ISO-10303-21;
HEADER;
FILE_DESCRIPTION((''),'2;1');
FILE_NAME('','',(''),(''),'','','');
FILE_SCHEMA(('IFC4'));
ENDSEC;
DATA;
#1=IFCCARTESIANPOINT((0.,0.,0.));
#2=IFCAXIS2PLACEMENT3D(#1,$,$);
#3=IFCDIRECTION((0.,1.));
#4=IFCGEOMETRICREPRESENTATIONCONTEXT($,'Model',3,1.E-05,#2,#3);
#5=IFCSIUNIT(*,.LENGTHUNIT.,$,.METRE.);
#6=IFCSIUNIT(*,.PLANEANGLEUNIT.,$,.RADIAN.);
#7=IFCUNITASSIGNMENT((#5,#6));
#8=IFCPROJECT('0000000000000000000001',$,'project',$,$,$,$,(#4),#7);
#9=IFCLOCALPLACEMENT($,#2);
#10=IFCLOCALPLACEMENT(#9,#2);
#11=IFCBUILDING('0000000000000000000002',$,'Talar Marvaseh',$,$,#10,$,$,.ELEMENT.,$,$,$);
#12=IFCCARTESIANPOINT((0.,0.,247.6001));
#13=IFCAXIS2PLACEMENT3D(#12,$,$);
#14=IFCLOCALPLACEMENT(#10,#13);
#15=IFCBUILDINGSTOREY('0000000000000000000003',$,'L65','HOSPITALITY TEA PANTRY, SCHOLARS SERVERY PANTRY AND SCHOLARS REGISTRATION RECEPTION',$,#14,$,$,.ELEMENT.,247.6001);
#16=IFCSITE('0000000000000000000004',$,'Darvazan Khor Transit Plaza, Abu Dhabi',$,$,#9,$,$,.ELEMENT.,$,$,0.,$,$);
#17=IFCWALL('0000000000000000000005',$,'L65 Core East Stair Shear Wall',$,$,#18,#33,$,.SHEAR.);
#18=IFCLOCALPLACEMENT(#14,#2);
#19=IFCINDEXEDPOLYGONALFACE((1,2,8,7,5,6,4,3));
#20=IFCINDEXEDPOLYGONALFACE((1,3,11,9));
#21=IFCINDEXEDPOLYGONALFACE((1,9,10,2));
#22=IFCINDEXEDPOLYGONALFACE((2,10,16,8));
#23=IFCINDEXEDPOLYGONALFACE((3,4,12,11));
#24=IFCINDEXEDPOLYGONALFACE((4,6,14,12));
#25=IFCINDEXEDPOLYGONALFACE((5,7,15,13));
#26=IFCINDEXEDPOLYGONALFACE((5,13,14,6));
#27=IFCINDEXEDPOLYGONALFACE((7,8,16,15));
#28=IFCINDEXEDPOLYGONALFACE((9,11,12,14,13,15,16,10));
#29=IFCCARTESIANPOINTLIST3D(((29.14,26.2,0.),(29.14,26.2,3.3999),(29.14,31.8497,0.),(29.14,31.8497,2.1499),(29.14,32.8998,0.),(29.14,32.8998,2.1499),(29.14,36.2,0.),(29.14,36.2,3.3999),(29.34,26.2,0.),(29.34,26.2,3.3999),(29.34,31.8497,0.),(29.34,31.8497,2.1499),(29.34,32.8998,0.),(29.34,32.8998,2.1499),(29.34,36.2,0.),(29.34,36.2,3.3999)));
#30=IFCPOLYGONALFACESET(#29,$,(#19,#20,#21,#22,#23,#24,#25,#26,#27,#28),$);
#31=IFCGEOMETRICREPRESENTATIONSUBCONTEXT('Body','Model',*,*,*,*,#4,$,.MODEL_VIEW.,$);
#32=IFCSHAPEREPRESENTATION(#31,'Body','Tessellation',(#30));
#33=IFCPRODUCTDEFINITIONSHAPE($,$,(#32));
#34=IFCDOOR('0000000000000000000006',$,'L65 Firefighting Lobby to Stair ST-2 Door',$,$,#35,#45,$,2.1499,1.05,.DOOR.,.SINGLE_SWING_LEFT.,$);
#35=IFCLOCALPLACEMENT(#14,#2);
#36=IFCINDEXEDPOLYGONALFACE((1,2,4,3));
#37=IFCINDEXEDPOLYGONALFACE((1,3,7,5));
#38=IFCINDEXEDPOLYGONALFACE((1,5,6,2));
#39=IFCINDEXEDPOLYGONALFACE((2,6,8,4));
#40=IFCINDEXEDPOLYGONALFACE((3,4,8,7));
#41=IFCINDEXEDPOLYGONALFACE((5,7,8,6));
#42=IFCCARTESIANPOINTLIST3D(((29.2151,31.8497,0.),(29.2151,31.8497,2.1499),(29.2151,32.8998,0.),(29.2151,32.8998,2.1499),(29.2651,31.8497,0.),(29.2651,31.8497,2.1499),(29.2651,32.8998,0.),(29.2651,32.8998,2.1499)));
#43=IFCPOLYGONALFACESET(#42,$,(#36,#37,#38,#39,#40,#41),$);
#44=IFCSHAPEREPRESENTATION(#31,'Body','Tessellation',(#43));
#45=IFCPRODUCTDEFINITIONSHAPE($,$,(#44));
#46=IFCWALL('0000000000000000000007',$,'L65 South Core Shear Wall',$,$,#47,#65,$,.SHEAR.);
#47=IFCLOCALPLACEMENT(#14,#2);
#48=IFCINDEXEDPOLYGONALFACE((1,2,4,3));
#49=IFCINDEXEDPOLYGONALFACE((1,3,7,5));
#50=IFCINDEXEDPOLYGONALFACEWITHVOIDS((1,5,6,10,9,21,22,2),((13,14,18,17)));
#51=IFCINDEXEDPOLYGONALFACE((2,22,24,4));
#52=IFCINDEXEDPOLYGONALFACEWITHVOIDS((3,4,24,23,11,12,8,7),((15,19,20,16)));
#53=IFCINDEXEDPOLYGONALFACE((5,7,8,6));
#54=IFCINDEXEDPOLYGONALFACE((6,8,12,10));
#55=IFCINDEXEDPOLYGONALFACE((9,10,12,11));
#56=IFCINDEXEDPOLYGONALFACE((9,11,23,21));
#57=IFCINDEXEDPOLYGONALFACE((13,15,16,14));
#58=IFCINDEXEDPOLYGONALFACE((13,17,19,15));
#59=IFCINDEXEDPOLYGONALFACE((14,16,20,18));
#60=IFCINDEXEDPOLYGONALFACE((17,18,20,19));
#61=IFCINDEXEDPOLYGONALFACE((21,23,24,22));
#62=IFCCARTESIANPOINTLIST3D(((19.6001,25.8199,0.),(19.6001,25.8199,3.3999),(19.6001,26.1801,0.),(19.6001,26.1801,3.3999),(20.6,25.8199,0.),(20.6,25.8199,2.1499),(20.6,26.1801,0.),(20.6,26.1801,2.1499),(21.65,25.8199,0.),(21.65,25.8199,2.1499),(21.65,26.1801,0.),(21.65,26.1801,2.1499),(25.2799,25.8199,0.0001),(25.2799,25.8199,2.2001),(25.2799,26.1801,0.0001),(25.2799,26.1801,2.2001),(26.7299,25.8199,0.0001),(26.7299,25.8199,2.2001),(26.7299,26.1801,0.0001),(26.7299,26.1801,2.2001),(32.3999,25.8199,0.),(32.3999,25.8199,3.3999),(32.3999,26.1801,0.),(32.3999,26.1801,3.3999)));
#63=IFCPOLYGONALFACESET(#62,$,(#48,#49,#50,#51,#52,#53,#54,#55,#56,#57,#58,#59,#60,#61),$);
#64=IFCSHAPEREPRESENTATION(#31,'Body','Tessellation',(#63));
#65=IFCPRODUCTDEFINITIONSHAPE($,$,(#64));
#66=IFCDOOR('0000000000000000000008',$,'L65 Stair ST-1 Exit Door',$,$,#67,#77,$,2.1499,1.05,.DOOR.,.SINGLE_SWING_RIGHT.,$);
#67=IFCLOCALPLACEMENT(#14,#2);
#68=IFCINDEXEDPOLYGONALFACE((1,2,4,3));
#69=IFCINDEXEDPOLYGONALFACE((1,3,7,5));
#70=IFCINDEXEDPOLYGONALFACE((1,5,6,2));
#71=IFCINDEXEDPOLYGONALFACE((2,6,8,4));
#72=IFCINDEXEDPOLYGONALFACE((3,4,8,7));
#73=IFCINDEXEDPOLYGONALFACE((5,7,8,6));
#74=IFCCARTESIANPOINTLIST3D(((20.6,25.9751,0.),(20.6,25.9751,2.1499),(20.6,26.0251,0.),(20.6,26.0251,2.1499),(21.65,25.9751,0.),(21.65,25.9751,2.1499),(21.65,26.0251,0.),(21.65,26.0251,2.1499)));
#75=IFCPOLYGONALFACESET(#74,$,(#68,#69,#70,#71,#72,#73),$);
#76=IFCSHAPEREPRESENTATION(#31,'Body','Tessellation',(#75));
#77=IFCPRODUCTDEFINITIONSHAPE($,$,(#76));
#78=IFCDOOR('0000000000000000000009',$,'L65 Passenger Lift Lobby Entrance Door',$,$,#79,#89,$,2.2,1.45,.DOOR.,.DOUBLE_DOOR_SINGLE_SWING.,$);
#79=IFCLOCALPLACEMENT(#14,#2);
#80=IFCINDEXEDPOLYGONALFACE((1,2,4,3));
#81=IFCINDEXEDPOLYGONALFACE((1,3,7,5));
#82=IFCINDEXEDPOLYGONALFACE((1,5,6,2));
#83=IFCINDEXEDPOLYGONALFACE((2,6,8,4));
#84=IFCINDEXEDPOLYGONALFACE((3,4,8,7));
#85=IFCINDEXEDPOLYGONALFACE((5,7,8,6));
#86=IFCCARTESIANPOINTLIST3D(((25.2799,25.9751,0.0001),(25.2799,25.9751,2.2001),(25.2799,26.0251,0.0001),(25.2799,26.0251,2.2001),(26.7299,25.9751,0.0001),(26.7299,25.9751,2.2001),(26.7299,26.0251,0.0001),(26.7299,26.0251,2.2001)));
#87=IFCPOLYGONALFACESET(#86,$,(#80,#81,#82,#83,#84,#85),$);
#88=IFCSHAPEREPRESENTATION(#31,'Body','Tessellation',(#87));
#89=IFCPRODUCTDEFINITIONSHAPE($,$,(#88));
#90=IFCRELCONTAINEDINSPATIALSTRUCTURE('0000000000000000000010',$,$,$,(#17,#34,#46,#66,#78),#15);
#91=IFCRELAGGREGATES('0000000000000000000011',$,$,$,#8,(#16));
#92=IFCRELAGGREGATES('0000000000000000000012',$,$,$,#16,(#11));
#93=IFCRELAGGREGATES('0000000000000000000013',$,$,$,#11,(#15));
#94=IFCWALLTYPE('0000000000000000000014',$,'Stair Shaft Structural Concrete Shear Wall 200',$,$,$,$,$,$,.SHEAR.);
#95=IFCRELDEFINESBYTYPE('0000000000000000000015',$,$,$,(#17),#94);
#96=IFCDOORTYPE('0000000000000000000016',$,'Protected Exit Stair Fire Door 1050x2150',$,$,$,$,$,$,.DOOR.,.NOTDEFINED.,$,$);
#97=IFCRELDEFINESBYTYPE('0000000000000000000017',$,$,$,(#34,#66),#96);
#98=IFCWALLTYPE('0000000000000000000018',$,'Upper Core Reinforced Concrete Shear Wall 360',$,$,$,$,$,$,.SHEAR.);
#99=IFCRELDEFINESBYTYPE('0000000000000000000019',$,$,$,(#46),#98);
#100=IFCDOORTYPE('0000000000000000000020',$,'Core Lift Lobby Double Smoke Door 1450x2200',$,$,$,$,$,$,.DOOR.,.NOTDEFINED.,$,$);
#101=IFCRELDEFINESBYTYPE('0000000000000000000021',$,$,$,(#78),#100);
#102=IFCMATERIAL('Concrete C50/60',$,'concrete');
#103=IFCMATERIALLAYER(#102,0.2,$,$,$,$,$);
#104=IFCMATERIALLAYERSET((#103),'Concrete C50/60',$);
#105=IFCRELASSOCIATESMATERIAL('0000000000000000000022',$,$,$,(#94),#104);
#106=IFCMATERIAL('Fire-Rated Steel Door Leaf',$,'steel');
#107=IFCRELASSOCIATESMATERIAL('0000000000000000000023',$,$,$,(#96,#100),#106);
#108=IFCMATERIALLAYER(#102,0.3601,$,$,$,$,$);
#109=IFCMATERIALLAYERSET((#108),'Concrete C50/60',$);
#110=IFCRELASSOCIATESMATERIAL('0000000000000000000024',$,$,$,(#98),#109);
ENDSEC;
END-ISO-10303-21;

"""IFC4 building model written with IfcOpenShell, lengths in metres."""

from ifc_helpers import new_model, si_unit, direction, frame, frame_2d, origin, place, context, subcontext, project, spatial, rectangle, extrude, source, transform, mapped, material, layer, layer_set, type_object, type_shapes, element, fill, save


model = new_model("IFC4")

# Units and contexts
model_context = context("Model", 3, precision=1e-05, world=origin(), true_north=direction((0.0, 1.0)))
body_context = subcontext(model_context, "Body", "Model", "MODEL_VIEW")
ifc_project = project(units=[si_unit("LENGTHUNIT", "METRE"), si_unit("PLANEANGLEUNIT", "RADIAN")], contexts=[model_context])

# Site, building, storey
site_placement = place(None, origin())
site = spatial("IfcSite", under=ifc_project, at=site_placement, Name="Darvazan Khor Transit Plaza, Abu Dhabi", CompositionType="ELEMENT", RefElevation=0.0)
building_placement = place(site_placement, origin())
building = spatial("IfcBuilding", under=site, at=building_placement, Name="Talar Marvaseh", CompositionType="ELEMENT")
storey_placement = place(building_placement, frame((0.0, 0.0, 247.6001)))
storey = spatial("IfcBuildingStorey", under=building, at=storey_placement, Name="L65", Description="HOSPITALITY TEA PANTRY, SCHOLARS SERVERY PANTRY AND SCHOLARS REGISTRATION RECEPTION", CompositionType="ELEMENT", Elevation=247.6001)

# Shared definitions
ifc_material_1 = material(Name="Concrete C50/60", Category="concrete")

# Wall, opening, door
ifc_layer_1 = layer(ifc_material_1, 0.2)
ifc_layer_set_1 = layer_set([ifc_layer_1], Name="Concrete C50/60")
wall_type_1 = type_object("IfcWallType", Name="Stair Shaft Structural Concrete Shear Wall 200", PredefinedType="SHEAR", material=ifc_layer_set_1)
wall_1_placement = place(storey_placement, frame((29.24, 26.2, 0.0), z_axis=(0.0, 0.0, 1.0), x_axis=(0.0, 1.0, 0.0)))
wall_1 = element("IfcWall", 1, at=wall_1_placement, inside=storey, type_object=wall_type_1, Name="L65 Core East Stair Shear Wall", PredefinedType="SHEAR", context=body_context, shape_type="SweptSolid", body=[
    extrude(rectangle(XDim=10.0, YDim=0.2, at=frame_2d((5.0, 0.0))), origin(), (0.0, 0.0, 1.0), 3.3999),
])
opening_1_placement = place(wall_1_placement, frame((5.6499, 0.0, 0.0)))
opening_1 = element("IfcOpeningElement", 2, at=opening_1_placement, cuts=wall_1, PredefinedType="OPENING", context=body_context, shape_type="SweptSolid", body=[
    extrude(rectangle(XDim=1.05, YDim=2.1499, at=frame_2d((0.5249, 1.075))), frame((0.0, 0.1099, 0.0), z_axis=(0.0, -1.0, 0.0), x_axis=(1.0, 0.0, 0.0)), (0.0, 0.0, 1.0), 0.22),
])
ifc_material_2 = material(Name="Fire-Rated Steel Door Leaf", Category="steel")
door_type_1 = type_object("IfcDoorType", Name="Protected Exit Stair Fire Door 1050x2150", OperationType="NOTDEFINED", PredefinedType="DOOR", material=ifc_material_2)
shared_shape_1 = source(origin(), body_context, "Body", "SweptSolid", [
    extrude(rectangle(XDim=1.05, YDim=2.1499, at=frame_2d((0.5249, 1.075))), frame((0.0, 0.0249, 0.0), z_axis=(0.0, -1.0, 0.0), x_axis=(1.0, 0.0, 0.0)), (0.0, 0.0, 1.0), 0.05),
])
type_shapes(door_type_1, [shared_shape_1])
door_1_placement = place(opening_1_placement, origin())
door_1 = element("IfcDoor", 3, at=door_1_placement, inside=storey, type_object=door_type_1, Name="L65 Firefighting Lobby to Stair ST-2 Door", OperationType="SINGLE_SWING_LEFT", OverallHeight=2.1499, OverallWidth=1.05, PredefinedType="DOOR", context=body_context, shape_type="MappedRepresentation", body=[
    mapped(shared_shape_1, transform((0.0, 0.0, 0.0), x_axis=(1.0, 0.0, 0.0), y_axis=(0.0, 1.0, 0.0), z_axis=(0.0, 0.0, 1.0), scale=1.0)),
])
fill(opening_1, door_1)

# Wall, openings, doors
ifc_layer_2 = layer(ifc_material_1, 0.3601)
ifc_layer_set_2 = layer_set([ifc_layer_2], Name="Concrete C50/60")
wall_type_2 = type_object("IfcWallType", Name="Upper Core Reinforced Concrete Shear Wall 360", PredefinedType="SHEAR", material=ifc_layer_set_2)
wall_2_placement = place(storey_placement, frame((32.3999, 26.0, 0.0), z_axis=(0.0, 0.0, 1.0), x_axis=(-1.0, 0.0, 0.0)))
wall_2 = element("IfcWall", 4, at=wall_2_placement, inside=storey, type_object=wall_type_2, Name="L65 South Core Shear Wall", PredefinedType="SHEAR", context=body_context, shape_type="SweptSolid", body=[
    extrude(rectangle(XDim=12.7998, YDim=0.3601, at=frame_2d((6.3999, 0.0))), origin(), (0.0, 0.0, 1.0), 3.3999),
])
opening_2_placement = place(wall_2_placement, frame((10.75, 0.0, 0.0)))
opening_2 = element("IfcOpeningElement", 5, at=opening_2_placement, cuts=wall_2, PredefinedType="OPENING", context=body_context, shape_type="SweptSolid", body=[
    extrude(rectangle(XDim=1.05, YDim=2.1499, at=frame_2d((0.5249, 1.075))), frame((0.0, 0.1899, 0.0), z_axis=(0.0, -1.0, 0.0), x_axis=(1.0, 0.0, 0.0)), (0.0, 0.0, 1.0), 0.3801),
])
opening_3_placement = place(wall_2_placement, frame((5.6699, 0.0, 0.0)))
opening_3 = element("IfcOpeningElement", 6, at=opening_3_placement, cuts=wall_2, PredefinedType="OPENING", context=body_context, shape_type="SweptSolid", body=[
    extrude(rectangle(XDim=1.45, YDim=2.2, at=frame_2d((0.7251, 1.1001))), frame((0.0, 0.1899, 0.0), z_axis=(0.0, -1.0, 0.0), x_axis=(1.0, 0.0, 0.0)), (0.0, 0.0, 1.0), 0.3801),
])
door_2_placement = place(opening_2_placement, origin())
door_2 = element("IfcDoor", 7, at=door_2_placement, inside=storey, type_object=door_type_1, Name="L65 Stair ST-1 Exit Door", OperationType="SINGLE_SWING_RIGHT", OverallHeight=2.1499, OverallWidth=1.05, PredefinedType="DOOR", context=body_context, shape_type="MappedRepresentation", body=[
    mapped(shared_shape_1, transform((0.0, 0.0, 0.0), x_axis=(1.0, 0.0, 0.0), y_axis=(0.0, 1.0, 0.0), z_axis=(0.0, 0.0, 1.0), scale=1.0)),
])
fill(opening_2, door_2)
door_type_2 = type_object("IfcDoorType", Name="Core Lift Lobby Double Smoke Door 1450x2200", OperationType="NOTDEFINED", PredefinedType="DOOR", material=ifc_material_2)
shared_shape_2 = source(origin(), body_context, "Body", "SweptSolid", [
    extrude(rectangle(XDim=1.45, YDim=2.2, at=frame_2d((0.7251, 1.1001))), frame((0.0, 0.0249, 0.0), z_axis=(0.0, -1.0, 0.0), x_axis=(1.0, 0.0, 0.0)), (0.0, 0.0, 1.0), 0.05),
])
type_shapes(door_type_2, [shared_shape_2])
door_3_placement = place(opening_3_placement, origin())
door_3 = element("IfcDoor", 8, at=door_3_placement, inside=storey, type_object=door_type_2, Name="L65 Passenger Lift Lobby Entrance Door", OperationType="DOUBLE_DOOR_SINGLE_SWING", OverallHeight=2.2, OverallWidth=1.45, PredefinedType="DOOR", context=body_context, shape_type="MappedRepresentation", body=[
    mapped(shared_shape_2, transform((0.0, 0.0, 0.0), x_axis=(1.0, 0.0, 0.0), y_axis=(0.0, 1.0, 0.0), z_axis=(0.0, 0.0, 1.0), scale=1.0)),
])
fill(opening_3, door_3)

save(model, "model.ifc")
